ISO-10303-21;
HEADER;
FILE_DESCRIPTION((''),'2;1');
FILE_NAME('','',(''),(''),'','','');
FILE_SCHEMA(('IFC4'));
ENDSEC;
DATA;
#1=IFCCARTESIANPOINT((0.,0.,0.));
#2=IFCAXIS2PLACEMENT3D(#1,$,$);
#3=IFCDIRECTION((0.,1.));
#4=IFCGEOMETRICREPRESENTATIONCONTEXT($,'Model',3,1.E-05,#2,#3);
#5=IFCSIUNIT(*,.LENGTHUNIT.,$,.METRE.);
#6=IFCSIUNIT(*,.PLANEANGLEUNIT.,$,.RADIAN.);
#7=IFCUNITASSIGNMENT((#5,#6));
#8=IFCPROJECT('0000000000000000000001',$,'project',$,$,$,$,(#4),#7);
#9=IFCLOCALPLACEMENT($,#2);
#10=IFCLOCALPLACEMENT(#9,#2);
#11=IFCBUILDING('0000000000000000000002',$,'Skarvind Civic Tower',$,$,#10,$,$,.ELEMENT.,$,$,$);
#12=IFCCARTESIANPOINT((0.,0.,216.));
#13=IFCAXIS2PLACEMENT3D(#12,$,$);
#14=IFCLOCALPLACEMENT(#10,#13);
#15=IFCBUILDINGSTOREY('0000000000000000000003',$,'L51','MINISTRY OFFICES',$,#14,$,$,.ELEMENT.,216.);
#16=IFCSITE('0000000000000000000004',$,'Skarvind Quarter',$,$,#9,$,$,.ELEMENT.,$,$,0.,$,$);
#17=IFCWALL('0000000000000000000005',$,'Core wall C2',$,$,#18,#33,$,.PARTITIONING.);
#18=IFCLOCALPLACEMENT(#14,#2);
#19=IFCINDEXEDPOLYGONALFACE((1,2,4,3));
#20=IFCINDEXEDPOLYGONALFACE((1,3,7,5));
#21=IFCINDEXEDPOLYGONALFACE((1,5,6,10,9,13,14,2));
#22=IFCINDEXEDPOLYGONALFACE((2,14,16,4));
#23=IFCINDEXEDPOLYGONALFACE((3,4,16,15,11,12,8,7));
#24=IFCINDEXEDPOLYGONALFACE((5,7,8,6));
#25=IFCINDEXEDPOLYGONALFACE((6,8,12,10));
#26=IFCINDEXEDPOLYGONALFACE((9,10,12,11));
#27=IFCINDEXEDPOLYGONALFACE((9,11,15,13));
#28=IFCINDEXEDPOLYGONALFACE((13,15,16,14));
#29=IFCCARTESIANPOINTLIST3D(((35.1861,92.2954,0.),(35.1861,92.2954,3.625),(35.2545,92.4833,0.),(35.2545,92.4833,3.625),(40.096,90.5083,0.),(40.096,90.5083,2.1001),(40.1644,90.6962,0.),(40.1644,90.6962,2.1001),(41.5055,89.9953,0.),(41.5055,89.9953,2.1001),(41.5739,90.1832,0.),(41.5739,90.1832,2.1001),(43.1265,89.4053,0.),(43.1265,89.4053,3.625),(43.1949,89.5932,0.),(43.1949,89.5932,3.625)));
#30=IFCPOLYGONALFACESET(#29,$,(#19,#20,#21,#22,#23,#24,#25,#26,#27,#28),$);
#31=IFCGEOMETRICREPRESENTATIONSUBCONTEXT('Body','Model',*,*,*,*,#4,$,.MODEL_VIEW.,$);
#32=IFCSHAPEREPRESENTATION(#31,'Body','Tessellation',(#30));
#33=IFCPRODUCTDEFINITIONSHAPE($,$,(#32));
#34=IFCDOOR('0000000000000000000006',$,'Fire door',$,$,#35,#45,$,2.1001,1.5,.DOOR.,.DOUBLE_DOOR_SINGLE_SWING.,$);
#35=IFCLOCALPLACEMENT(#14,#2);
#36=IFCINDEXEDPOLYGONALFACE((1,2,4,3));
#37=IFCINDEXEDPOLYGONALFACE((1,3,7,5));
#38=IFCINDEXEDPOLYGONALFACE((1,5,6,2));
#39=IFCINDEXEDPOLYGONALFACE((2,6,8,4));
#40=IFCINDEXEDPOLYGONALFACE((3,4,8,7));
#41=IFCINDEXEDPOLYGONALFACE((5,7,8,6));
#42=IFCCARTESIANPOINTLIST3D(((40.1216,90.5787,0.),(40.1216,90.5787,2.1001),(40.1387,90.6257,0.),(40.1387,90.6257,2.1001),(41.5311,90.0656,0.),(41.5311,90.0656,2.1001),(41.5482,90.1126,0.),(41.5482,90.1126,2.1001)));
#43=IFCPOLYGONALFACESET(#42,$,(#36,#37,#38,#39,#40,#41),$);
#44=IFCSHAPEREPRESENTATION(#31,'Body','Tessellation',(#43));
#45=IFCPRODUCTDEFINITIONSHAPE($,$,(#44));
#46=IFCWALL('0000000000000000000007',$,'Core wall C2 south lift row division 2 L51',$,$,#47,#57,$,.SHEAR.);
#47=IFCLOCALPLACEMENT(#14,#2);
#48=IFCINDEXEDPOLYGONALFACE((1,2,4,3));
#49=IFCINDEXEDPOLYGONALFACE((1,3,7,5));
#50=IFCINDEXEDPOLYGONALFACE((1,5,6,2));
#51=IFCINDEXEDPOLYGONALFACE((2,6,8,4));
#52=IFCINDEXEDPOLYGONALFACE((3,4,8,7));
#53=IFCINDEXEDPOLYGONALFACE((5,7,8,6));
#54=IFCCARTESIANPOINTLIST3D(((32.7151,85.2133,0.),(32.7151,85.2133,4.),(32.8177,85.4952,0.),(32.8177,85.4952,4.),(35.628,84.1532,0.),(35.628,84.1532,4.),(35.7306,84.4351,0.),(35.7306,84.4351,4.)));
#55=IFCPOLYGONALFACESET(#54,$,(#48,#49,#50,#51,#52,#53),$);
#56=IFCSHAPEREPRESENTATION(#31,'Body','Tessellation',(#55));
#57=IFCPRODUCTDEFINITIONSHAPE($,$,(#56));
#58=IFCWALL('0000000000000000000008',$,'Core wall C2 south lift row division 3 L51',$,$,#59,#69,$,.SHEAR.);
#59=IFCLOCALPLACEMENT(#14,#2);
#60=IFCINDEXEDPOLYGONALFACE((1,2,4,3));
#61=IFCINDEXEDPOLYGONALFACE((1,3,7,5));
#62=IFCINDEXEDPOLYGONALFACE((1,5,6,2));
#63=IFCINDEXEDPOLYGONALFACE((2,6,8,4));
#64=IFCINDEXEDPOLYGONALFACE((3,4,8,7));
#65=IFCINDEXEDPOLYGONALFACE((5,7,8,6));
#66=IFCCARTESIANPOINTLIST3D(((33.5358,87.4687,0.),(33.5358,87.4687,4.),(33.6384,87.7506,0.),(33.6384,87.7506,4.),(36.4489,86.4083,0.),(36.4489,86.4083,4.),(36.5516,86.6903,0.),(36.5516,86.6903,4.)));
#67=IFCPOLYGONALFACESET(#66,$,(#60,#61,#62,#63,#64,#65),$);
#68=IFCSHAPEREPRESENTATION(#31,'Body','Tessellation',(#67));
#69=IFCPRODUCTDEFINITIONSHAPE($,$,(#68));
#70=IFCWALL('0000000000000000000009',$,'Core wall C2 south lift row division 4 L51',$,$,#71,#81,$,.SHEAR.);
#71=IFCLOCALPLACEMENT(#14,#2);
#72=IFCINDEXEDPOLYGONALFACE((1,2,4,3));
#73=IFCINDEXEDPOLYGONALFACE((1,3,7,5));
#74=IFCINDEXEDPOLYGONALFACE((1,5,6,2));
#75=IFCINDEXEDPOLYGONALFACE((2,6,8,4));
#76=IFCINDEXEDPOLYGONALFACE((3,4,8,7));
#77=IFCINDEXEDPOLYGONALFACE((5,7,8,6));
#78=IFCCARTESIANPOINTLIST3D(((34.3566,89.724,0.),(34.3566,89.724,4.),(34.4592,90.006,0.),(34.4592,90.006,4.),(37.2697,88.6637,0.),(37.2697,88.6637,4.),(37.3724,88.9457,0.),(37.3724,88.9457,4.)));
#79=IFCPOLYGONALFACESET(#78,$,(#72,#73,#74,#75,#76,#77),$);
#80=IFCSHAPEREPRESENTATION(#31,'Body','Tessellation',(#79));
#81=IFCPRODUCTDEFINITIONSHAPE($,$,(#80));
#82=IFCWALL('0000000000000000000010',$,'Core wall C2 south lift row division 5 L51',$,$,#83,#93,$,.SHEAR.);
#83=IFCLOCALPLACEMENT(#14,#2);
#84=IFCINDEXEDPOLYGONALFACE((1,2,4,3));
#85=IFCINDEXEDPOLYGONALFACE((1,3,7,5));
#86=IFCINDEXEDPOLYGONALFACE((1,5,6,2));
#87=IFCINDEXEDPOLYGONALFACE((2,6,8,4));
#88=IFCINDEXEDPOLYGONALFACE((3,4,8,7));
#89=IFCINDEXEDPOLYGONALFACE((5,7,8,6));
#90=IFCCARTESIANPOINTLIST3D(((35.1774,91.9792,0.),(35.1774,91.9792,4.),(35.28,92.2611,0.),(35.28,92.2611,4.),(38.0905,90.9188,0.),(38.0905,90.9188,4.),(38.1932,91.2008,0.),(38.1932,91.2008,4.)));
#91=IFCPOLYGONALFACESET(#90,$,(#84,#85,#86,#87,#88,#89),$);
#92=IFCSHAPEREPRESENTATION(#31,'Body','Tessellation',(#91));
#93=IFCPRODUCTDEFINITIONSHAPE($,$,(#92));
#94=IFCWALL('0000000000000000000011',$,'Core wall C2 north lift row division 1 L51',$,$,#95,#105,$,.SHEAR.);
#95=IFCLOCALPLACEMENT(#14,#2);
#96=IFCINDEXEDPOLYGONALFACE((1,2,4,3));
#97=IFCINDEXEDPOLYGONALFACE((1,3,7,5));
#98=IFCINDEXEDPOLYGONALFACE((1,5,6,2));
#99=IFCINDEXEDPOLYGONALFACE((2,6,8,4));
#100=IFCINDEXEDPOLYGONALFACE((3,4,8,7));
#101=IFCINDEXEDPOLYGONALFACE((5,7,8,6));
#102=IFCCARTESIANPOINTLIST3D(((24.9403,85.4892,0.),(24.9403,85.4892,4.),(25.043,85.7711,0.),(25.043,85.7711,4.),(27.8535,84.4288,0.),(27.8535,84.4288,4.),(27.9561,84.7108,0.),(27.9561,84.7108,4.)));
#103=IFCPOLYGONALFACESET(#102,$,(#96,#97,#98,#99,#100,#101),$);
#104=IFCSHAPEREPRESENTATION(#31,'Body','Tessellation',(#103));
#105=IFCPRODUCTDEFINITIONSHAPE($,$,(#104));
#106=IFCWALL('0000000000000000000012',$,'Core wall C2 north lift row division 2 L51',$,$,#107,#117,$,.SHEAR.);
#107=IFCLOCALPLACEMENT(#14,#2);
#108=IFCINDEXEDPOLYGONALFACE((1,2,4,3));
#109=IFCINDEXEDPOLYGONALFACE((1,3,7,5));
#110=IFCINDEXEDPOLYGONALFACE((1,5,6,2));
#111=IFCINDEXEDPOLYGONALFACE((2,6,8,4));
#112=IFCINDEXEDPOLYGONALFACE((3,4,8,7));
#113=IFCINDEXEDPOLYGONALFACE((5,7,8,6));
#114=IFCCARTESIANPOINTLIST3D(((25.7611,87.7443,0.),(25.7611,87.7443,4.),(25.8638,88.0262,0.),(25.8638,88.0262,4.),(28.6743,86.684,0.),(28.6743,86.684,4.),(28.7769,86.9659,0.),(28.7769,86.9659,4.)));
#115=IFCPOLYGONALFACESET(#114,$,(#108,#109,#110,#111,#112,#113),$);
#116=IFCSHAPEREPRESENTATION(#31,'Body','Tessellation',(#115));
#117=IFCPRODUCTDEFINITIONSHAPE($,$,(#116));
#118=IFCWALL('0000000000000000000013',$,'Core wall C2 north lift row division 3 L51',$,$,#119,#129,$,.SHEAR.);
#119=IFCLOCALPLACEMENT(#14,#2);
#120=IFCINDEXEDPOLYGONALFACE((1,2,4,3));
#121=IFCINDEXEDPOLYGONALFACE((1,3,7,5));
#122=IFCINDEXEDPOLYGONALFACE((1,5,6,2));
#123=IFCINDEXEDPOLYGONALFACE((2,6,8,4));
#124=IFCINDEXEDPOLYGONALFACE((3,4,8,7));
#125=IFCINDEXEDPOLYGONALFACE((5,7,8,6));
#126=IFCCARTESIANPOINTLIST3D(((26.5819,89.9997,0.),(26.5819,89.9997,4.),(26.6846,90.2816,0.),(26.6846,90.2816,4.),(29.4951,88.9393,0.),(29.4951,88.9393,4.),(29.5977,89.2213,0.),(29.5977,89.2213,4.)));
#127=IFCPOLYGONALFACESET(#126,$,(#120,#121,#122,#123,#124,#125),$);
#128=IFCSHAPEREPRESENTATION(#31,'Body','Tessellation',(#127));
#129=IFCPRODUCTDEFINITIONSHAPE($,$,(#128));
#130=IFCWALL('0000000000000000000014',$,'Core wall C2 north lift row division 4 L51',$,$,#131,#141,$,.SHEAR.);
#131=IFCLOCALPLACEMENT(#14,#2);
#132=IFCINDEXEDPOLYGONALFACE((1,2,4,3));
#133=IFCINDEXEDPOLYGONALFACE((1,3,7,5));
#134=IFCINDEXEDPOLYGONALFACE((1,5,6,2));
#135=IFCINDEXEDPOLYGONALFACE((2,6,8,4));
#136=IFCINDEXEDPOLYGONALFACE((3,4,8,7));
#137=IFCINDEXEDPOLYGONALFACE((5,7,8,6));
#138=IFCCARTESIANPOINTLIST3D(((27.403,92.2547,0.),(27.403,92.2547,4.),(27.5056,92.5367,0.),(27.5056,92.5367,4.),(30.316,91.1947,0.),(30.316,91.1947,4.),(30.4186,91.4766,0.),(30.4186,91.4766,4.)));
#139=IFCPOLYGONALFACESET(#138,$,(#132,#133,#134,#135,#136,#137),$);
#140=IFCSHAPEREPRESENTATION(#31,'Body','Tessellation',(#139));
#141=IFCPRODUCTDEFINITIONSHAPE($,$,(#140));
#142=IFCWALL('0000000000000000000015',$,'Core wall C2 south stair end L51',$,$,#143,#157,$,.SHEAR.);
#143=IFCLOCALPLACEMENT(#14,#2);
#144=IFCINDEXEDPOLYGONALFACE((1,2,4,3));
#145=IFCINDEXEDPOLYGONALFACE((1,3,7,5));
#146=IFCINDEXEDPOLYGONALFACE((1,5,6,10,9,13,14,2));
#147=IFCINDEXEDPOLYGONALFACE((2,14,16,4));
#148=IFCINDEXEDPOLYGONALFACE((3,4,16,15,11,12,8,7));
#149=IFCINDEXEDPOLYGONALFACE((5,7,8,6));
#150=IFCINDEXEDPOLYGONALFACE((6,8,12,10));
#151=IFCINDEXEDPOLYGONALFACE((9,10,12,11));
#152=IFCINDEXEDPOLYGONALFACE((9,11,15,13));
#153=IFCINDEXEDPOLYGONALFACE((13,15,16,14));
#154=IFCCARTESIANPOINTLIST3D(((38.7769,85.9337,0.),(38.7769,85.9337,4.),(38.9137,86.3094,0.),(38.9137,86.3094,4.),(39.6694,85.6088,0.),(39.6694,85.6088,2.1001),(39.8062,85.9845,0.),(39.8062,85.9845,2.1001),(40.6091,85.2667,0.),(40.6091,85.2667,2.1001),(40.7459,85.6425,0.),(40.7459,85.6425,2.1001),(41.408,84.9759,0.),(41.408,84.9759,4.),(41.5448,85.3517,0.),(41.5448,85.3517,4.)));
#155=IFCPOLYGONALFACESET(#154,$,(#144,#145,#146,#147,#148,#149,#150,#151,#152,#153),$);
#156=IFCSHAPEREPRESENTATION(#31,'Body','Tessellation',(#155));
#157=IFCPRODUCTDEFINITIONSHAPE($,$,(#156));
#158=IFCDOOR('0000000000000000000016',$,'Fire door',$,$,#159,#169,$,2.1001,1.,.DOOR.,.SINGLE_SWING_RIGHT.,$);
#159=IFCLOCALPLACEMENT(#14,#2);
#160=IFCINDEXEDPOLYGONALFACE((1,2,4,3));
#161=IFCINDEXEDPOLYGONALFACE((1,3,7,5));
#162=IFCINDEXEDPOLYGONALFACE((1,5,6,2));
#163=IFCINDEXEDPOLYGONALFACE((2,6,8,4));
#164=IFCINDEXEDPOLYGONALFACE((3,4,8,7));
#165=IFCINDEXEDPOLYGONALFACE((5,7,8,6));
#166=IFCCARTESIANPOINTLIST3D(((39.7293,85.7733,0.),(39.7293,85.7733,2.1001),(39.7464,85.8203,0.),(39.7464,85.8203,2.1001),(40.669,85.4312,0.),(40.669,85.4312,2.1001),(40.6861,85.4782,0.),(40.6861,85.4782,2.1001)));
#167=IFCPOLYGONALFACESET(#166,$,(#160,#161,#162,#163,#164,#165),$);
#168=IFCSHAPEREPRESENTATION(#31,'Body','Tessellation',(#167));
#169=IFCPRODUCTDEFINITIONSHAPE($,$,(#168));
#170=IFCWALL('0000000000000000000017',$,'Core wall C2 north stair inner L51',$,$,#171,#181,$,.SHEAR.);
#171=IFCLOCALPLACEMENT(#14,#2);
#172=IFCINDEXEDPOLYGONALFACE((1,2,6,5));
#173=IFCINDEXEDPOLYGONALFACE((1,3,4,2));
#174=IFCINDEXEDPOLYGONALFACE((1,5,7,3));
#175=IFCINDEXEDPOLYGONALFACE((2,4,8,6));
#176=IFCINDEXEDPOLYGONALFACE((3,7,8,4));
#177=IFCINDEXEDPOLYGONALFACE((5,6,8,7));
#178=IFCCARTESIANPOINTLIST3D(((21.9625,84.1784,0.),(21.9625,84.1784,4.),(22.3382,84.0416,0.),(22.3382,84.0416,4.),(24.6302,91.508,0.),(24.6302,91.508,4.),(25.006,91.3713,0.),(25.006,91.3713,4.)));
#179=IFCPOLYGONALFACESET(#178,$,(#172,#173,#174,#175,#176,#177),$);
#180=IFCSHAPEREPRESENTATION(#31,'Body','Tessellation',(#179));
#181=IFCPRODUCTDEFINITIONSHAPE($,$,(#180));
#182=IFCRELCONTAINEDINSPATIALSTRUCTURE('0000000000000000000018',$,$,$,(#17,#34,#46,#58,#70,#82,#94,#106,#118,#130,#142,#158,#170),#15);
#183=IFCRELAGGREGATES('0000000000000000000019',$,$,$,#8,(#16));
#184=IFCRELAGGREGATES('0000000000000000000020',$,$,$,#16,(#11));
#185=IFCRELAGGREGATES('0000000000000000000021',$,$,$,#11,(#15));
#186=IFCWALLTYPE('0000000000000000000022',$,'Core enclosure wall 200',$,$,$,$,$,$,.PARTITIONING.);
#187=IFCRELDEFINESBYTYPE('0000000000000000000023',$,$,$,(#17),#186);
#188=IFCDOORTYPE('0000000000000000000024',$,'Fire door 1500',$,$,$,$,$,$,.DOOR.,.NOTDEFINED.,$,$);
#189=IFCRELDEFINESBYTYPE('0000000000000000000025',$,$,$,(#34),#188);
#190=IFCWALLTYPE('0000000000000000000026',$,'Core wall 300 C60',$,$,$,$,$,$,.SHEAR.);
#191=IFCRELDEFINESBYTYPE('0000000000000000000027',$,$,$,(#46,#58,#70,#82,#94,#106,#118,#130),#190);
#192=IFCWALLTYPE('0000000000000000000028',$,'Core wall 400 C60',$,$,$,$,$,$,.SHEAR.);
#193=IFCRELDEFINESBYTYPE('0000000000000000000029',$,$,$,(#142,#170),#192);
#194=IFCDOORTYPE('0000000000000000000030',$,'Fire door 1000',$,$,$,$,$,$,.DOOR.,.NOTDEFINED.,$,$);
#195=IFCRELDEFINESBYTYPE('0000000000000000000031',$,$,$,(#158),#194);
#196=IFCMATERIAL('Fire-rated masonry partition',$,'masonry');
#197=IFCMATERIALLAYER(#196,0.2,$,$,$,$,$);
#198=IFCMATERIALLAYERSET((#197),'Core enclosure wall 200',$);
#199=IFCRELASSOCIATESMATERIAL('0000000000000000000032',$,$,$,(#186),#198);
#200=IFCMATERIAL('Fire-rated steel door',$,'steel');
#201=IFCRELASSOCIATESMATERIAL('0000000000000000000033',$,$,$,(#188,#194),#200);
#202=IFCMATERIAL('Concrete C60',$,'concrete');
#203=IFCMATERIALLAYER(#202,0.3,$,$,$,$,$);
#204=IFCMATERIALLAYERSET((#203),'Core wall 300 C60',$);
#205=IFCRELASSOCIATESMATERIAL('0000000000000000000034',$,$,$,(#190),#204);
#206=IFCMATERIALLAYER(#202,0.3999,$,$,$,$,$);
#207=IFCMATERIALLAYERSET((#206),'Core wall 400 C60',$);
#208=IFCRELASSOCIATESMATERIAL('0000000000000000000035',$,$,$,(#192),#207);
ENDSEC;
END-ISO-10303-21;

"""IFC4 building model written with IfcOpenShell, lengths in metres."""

from ifc_helpers import new_model, si_unit, direction, frame, frame_2d, origin, place, context, subcontext, project, spatial, rectangle, extrude, material, layer, layer_set, type_object, element, fill, save


model = new_model("IFC4")

# Units and contexts
model_context = context("Model", 3, precision=1e-05, world=origin(), true_north=direction((0.0, 1.0)))
body_context = subcontext(model_context, "Body", "Model", "MODEL_VIEW")
ifc_project = project(units=[si_unit("LENGTHUNIT", "METRE"), si_unit("PLANEANGLEUNIT", "RADIAN")], contexts=[model_context])

# Site, building, storey
site_placement = place(None, origin())
site = spatial("IfcSite", under=ifc_project, at=site_placement, Name="Skarvind Quarter", CompositionType="ELEMENT", RefElevation=0.0)
building_placement = place(site_placement, origin())
building = spatial("IfcBuilding", under=site, at=building_placement, Name="Skarvind Civic Tower", CompositionType="ELEMENT")
storey_placement = place(building_placement, frame((0.0, 0.0, 216.0)))
storey = spatial("IfcBuildingStorey", under=building, at=storey_placement, Name="L51", Description="MINISTRY OFFICES", CompositionType="ELEMENT", Elevation=216.0)

# Wall, opening, door
ifc_material_1 = material(Name="Fire-rated masonry partition", Category="masonry")
ifc_layer_1 = layer(ifc_material_1, 0.2)
ifc_layer_set_1 = layer_set([ifc_layer_1], Name="Core enclosure wall 200")
wall_type_1 = type_object("IfcWallType", Name="Core enclosure wall 200", PredefinedType="PARTITIONING", material=ifc_layer_set_1)
wall_1_placement = place(storey_placement, frame((35.2202, 92.3894, 0.0), z_axis=(0.0, 0.0, 1.0), x_axis=(0.93969, -0.342026, 0.0)))
wall_1 = element("IfcWall", 1, at=wall_1_placement, inside=storey, type_object=wall_type_1, Name="Core wall C2", PredefinedType="PARTITIONING", context=body_context, shape_type="SweptSolid", body=[
    extrude(rectangle(XDim=8.45, YDim=0.2, at=frame_2d((4.2251, 0.0))), origin(), (0.0, 0.0, 1.0), 3.625),
])
opening_1_placement = place(wall_1_placement, frame((5.2251, 0.0, 0.0)))
opening_1 = element("IfcOpeningElement", 2, at=opening_1_placement, cuts=wall_1, PredefinedType="OPENING", context=body_context, shape_type="SweptSolid", body=[
    extrude(rectangle(XDim=1.5, YDim=2.1001, at=frame_2d((0.75, 1.05))), frame((0.0, 0.1099, 0.0), z_axis=(0.0, -1.0, 0.0), x_axis=(1.0, 0.0, 0.0)), (0.0, 0.0, 1.0), 0.22),
])
ifc_material_2 = material(Name="Fire-rated steel door", Category="steel")
door_type_1 = type_object("IfcDoorType", Name="Fire door 1500", OperationType="NOTDEFINED", PredefinedType="DOOR", material=ifc_material_2)
door_1_placement = place(opening_1_placement, origin())
door_1 = element("IfcDoor", 3, at=door_1_placement, inside=storey, type_object=door_type_1, Name="Fire door", OperationType="DOUBLE_DOOR_SINGLE_SWING", OverallHeight=2.1001, OverallWidth=1.5, PredefinedType="DOOR", context=body_context, shape_type="SweptSolid", body=[
    extrude(rectangle(XDim=1.5, YDim=2.1001, at=frame_2d((0.75, 1.05))), frame((0.0, 0.0249, 0.0), z_axis=(0.0, -1.0, 0.0), x_axis=(1.0, 0.0, 0.0)), (0.0, 0.0, 1.0), 0.05),
])
fill(opening_1, door_1)

# Walls
ifc_material_3 = material(Name="Concrete C60", Category="concrete")
ifc_layer_2 = layer(ifc_material_3, 0.3)
ifc_layer_set_2 = layer_set([ifc_layer_2], Name="Core wall 300 C60")
wall_type_2 = type_object("IfcWallType", Name="Core wall 300 C60", PredefinedType="SHEAR", material=ifc_layer_set_2)
wall_2_placement = place(storey_placement, frame((35.6792, 84.2942, 0.0), z_axis=(0.0, 0.0, 1.0), x_axis=(-0.939706, 0.341983, 0.0)))
element("IfcWall", 4, at=wall_2_placement, inside=storey, type_object=wall_type_2, Name="Core wall C2 south lift row division 2 L51", PredefinedType="SHEAR", context=body_context, shape_type="SweptSolid", body=[
    extrude(rectangle(XDim=3.0999, YDim=0.3, at=frame_2d((1.5498, 0.0))), origin(), (0.0, 0.0, 1.0), 4.0),
])
for number, where, z_axis, x_axis, name in (
    (5, (36.5002, 86.5493, 0.0), (0.0, 0.0, 1.0), (-0.93969, 0.342028, 0.0), "Core wall C2 south lift row division 3 L51"),
    (6, (37.321, 88.8047, 0.0), (0.0, 0.0, 1.0), (-0.93969, 0.342028, 0.0), "Core wall C2 south lift row division 4 L51"),
    (7, (38.1418, 91.0598, 0.0), (0.0, 0.0, 1.0), (-0.93969, 0.342028, 0.0), "Core wall C2 south lift row division 5 L51"),
    (8, (27.9048, 84.5698, 0.0), (0.0, 0.0, 1.0), (-0.93969, 0.342028, 0.0), "Core wall C2 north lift row division 1 L51"),
    (9, (28.7256, 86.825, 0.0), (0.0, 0.0, 1.0), (-0.93969, 0.342028, 0.0), "Core wall C2 north lift row division 2 L51"),
    (10, (29.5464, 89.0803, 0.0), (0.0, 0.0, 1.0), (-0.93969, 0.342028, 0.0), "Core wall C2 north lift row division 3 L51"),
):
    element("IfcWall", number, at=place(storey_placement, frame(where, z_axis=z_axis, x_axis=x_axis)), inside=storey, type_object=wall_type_2, Name=name, PredefinedType="SHEAR", context=body_context, shape_type="SweptSolid", body=[
        extrude(rectangle(XDim=3.1001, YDim=0.3, at=frame_2d((1.55, 0.0))), origin(), (0.0, 0.0, 1.0), 4.0),
    ])
wall_3_placement = place(storey_placement, frame((30.3672, 91.3357, 0.0), z_axis=(0.0, 0.0, 1.0), x_axis=(-0.939715, 0.341958, 0.0)))
element("IfcWall", 11, at=wall_3_placement, inside=storey, type_object=wall_type_2, Name="Core wall C2 north lift row division 4 L51", PredefinedType="SHEAR", context=body_context, shape_type="SweptSolid", body=[
    extrude(rectangle(XDim=3.0999, YDim=0.3, at=frame_2d((1.5498, 0.0))), origin(), (0.0, 0.0, 1.0), 4.0),
])

# Wall, opening, door
ifc_layer_3 = layer(ifc_material_3, 0.3999)
ifc_layer_set_3 = layer_set([ifc_layer_3], Name="Core wall 400 C60")
wall_type_3 = type_object("IfcWallType", Name="Core wall 400 C60", PredefinedType="SHEAR", material=ifc_layer_set_3)
wall_4_placement = place(storey_placement, frame((41.4763, 85.1638, 0.0), z_axis=(0.0, 0.0, 1.0), x_axis=(-0.939679, 0.342058, 0.0)))
wall_4 = element("IfcWall", 12, at=wall_4_placement, inside=storey, type_object=wall_type_3, Name="Core wall C2 south stair end L51", PredefinedType="SHEAR", context=body_context, shape_type="SweptSolid", body=[
    extrude(rectangle(XDim=2.8, YDim=0.3999, at=frame_2d((1.3999, 0.0))), origin(), (0.0, 0.0, 1.0), 4.0),
])
opening_2_placement = place(wall_4_placement, frame((0.8501, 0.0, 0.0)))
opening_2 = element("IfcOpeningElement", 13, at=opening_2_placement, cuts=wall_4, PredefinedType="OPENING", context=body_context, shape_type="SweptSolid", body=[
    extrude(rectangle(XDim=1.0, YDim=2.1001, at=frame_2d((0.5, 1.05))), frame((0.0, 0.21, 0.0), z_axis=(0.0, -1.0, 0.0), x_axis=(1.0, 0.0, 0.0)), (0.0, 0.0, 1.0), 0.4199),
])
door_type_2 = type_object("IfcDoorType", Name="Fire door 1000", OperationType="NOTDEFINED", PredefinedType="DOOR", material=ifc_material_2)
door_2_placement = place(opening_2_placement, origin())
door_2 = element("IfcDoor", 14, at=door_2_placement, inside=storey, type_object=door_type_2, Name="Fire door", OperationType="SINGLE_SWING_RIGHT", OverallHeight=2.1001, OverallWidth=1.0, PredefinedType="DOOR", context=body_context, shape_type="SweptSolid", body=[
    extrude(rectangle(XDim=1.0, YDim=2.1001, at=frame_2d((0.5, 1.05))), frame((0.0, 0.0249, 0.0), z_axis=(0.0, -1.0, 0.0), x_axis=(1.0, 0.0, 0.0)), (0.0, 0.0, 1.0), 0.05),
])
fill(opening_2, door_2)

# Wall
wall_5_placement = place(storey_placement, frame((22.1504, 84.1101, 0.0), z_axis=(0.0, 0.0, 1.0), x_axis=(0.342017, 0.939694, 0.0)))
element("IfcWall", 15, at=wall_5_placement, inside=storey, type_object=wall_type_3, Name="Core wall C2 north stair inner L51", PredefinedType="SHEAR", context=body_context, shape_type="SweptSolid", body=[
    extrude(rectangle(XDim=7.8, YDim=0.3999, at=frame_2d((3.8999, 0.0))), origin(), (0.0, 0.0, 1.0), 4.0),
])

save(model, "model.ifc")
